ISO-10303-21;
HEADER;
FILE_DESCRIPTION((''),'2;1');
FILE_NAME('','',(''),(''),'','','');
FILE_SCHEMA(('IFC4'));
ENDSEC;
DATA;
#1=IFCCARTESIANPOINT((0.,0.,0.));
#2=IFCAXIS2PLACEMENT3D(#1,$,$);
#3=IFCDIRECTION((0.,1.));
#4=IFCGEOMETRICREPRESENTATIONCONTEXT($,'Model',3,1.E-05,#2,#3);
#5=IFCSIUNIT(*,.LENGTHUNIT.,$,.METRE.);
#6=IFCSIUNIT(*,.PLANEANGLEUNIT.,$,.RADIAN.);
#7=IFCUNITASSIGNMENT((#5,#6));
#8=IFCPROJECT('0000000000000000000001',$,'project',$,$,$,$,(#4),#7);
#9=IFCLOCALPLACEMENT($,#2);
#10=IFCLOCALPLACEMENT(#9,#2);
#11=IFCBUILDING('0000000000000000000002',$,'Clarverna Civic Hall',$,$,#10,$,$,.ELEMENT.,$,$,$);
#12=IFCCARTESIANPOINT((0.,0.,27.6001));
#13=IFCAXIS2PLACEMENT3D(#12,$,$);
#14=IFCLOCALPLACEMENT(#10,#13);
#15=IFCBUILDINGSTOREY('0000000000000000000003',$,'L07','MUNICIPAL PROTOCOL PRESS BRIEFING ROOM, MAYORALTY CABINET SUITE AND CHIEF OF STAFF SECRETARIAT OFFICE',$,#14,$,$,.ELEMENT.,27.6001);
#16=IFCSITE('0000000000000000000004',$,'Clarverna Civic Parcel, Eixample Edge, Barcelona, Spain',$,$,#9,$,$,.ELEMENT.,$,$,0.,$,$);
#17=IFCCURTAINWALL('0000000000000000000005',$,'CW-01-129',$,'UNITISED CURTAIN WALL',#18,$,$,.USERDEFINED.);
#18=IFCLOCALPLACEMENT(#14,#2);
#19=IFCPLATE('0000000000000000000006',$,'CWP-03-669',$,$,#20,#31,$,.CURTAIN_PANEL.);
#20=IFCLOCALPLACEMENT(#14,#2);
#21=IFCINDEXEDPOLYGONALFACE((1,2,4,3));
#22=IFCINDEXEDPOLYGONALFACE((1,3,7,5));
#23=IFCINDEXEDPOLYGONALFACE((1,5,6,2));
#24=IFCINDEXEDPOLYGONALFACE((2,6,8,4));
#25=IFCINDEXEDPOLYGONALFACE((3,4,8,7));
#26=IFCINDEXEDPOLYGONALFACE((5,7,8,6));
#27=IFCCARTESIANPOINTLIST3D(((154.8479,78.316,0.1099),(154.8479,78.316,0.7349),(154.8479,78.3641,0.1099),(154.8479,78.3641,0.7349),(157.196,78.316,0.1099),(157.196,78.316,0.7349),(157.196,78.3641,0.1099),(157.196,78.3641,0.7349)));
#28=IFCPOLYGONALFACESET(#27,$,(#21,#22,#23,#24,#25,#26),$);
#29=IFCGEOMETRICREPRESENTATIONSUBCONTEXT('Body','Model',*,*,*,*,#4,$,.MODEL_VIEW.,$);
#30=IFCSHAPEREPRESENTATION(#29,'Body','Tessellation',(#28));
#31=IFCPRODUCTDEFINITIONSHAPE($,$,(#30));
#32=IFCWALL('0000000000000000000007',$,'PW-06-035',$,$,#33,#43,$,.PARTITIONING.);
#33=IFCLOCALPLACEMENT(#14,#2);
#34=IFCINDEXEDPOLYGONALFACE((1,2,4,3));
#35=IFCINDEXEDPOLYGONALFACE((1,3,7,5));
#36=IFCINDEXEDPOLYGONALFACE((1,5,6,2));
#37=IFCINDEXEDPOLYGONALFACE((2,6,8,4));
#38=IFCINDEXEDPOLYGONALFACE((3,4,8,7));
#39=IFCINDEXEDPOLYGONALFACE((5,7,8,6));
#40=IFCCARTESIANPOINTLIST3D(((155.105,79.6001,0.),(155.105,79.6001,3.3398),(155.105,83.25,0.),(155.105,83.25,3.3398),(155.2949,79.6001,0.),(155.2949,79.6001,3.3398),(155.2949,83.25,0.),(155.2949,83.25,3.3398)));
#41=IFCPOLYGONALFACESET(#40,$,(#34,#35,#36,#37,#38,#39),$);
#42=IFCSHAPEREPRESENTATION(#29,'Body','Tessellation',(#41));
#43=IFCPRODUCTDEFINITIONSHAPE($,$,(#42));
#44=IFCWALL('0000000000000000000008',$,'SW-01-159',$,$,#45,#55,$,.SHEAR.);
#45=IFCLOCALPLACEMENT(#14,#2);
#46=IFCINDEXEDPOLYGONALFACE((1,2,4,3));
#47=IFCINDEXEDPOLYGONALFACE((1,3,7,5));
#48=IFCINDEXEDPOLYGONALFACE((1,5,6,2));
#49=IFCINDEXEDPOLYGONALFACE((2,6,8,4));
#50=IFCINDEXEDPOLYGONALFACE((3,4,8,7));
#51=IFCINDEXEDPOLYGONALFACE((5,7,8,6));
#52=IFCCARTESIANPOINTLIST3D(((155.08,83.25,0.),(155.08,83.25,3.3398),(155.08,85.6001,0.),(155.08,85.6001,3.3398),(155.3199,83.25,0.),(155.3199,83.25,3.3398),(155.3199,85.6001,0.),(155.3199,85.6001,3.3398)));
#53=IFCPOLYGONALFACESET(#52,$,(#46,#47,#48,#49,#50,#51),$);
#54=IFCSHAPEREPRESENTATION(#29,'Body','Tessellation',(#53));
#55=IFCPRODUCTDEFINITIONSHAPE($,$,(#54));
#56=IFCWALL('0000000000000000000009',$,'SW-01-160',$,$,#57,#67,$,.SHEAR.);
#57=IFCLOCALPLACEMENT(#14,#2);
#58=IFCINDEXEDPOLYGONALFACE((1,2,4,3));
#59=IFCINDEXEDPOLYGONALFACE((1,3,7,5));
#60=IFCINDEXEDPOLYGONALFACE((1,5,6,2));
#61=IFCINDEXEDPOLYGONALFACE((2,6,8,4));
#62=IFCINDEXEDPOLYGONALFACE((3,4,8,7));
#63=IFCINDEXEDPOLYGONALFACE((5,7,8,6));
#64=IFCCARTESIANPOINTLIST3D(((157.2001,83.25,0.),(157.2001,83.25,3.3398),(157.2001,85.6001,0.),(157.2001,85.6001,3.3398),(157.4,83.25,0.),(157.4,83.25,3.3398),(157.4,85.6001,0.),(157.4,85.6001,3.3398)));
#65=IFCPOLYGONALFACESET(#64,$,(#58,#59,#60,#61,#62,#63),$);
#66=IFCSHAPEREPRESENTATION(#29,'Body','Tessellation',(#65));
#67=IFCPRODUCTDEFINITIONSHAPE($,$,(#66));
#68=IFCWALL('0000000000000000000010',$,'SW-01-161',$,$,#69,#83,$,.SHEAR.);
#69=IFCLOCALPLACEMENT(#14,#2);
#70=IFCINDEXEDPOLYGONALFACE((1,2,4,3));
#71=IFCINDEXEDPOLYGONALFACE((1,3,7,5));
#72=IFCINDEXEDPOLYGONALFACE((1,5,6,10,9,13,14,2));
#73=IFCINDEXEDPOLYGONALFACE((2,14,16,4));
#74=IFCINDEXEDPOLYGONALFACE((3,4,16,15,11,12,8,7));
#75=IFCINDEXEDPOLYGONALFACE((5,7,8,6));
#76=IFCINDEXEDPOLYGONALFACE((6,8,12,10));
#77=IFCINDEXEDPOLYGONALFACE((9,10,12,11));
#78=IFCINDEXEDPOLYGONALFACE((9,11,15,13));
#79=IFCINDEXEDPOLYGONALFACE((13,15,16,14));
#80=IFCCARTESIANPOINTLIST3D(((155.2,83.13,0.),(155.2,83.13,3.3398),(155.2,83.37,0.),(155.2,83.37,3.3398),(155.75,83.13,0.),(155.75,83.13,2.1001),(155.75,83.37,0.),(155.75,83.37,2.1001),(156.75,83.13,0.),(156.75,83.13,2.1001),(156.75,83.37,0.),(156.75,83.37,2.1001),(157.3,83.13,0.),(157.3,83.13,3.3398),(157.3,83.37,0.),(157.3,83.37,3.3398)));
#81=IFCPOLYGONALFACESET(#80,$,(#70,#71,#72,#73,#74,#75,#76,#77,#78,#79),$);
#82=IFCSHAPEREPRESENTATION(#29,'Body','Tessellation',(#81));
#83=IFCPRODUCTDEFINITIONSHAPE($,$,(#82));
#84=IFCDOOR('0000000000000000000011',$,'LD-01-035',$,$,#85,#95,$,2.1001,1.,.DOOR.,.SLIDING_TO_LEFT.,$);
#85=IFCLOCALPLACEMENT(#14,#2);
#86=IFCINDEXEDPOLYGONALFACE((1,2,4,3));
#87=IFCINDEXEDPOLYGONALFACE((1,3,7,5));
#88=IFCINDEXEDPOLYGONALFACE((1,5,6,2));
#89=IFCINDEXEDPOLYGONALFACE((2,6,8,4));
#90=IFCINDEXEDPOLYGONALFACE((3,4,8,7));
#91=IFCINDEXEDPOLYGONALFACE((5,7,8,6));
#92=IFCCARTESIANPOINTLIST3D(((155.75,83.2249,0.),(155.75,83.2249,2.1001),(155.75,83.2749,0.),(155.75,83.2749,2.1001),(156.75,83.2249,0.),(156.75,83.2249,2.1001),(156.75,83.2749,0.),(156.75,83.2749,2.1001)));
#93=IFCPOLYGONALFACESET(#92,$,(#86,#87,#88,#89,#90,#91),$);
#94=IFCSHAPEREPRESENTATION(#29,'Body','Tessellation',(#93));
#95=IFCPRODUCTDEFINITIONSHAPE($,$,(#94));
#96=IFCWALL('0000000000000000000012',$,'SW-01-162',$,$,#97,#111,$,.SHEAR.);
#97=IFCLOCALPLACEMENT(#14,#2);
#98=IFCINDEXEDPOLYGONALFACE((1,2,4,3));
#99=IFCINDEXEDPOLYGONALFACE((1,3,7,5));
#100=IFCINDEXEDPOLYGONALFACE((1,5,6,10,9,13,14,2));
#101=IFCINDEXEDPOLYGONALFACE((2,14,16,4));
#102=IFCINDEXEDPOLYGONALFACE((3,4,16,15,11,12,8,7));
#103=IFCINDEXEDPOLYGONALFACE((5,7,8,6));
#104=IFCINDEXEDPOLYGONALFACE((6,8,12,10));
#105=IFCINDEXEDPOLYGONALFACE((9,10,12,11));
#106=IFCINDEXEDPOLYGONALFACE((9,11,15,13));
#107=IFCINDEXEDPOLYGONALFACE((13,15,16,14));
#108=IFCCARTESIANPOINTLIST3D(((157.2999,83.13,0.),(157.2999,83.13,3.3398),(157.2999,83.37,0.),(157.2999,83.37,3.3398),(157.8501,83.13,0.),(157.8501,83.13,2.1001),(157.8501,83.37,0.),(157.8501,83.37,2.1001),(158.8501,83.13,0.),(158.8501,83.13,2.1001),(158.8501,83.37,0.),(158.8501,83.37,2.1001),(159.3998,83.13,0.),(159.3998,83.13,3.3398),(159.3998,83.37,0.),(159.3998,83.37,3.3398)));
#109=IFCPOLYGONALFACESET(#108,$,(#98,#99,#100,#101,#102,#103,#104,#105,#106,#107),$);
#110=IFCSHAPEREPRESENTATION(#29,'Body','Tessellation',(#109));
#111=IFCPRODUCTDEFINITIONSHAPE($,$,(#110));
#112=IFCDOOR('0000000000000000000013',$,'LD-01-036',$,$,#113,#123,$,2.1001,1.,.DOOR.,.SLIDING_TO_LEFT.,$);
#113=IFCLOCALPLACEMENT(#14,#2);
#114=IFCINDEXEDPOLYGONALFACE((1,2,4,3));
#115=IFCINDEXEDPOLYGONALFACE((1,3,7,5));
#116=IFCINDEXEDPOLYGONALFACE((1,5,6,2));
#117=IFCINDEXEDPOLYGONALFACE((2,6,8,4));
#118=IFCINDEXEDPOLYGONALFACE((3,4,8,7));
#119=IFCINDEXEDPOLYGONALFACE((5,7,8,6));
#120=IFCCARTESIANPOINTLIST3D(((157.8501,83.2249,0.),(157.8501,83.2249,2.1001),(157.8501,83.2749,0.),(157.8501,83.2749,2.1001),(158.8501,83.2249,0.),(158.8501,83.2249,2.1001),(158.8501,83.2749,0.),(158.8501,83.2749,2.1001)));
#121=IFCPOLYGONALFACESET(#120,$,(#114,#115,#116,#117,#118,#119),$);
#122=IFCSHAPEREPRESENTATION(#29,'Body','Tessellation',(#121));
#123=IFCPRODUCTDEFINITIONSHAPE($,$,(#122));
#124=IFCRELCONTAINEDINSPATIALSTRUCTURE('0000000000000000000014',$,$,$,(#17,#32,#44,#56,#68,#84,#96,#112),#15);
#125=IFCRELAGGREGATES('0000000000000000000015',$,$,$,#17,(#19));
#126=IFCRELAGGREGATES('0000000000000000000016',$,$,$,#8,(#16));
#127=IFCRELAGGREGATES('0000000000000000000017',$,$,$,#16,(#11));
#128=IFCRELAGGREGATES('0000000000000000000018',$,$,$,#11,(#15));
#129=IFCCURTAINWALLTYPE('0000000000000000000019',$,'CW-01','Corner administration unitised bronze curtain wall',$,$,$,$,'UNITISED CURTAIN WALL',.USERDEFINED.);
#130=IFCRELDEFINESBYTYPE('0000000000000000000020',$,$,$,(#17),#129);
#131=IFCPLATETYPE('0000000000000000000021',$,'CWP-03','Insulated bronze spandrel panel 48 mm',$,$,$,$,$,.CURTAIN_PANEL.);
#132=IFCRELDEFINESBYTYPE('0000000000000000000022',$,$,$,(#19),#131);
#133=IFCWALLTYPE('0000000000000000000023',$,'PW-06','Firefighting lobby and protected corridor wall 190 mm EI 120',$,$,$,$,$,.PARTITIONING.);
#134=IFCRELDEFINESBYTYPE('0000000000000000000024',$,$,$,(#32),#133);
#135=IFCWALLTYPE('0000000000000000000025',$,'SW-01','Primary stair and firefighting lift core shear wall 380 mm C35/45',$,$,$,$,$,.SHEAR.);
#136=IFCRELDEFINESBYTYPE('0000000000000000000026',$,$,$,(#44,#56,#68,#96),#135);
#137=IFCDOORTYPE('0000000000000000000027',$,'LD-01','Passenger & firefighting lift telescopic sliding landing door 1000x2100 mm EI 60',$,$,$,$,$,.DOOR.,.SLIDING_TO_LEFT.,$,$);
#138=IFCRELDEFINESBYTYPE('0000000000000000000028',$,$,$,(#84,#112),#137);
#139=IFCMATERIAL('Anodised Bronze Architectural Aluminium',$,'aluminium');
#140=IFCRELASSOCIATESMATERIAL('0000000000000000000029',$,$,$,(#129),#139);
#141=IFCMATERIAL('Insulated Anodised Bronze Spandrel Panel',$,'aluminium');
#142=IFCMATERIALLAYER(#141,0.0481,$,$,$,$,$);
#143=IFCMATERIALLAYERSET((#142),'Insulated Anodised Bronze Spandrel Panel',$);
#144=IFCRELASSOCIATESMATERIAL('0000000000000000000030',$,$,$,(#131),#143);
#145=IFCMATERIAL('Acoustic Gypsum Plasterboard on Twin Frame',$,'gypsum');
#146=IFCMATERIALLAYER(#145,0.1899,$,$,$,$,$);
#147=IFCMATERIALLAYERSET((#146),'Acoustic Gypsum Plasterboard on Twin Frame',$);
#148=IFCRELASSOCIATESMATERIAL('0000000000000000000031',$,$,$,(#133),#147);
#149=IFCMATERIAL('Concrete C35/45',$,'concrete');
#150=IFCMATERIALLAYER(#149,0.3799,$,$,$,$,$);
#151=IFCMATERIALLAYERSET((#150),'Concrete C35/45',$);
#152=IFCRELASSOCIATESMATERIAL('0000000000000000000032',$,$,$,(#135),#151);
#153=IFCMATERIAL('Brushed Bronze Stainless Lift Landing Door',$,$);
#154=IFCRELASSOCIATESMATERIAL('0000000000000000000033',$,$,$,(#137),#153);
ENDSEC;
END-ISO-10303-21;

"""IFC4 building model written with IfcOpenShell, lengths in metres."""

from ifc_helpers import new_model, si_unit, direction, frame, frame_2d, origin, place, context, subcontext, project, spatial, rectangle, extrude, material, layer, layer_set, type_object, element, fill, aggregate, save


model = new_model("IFC4")

# Units and contexts
model_context = context("Model", 3, precision=1e-05, world=origin(), true_north=direction((0.0, 1.0)))
body_context = subcontext(model_context, "Body", "Model", "MODEL_VIEW")
ifc_project = project(units=[si_unit("LENGTHUNIT", "METRE"), si_unit("PLANEANGLEUNIT", "RADIAN")], contexts=[model_context])

# Site, building, storey
site_placement = place(None, origin())
site = spatial("IfcSite", under=ifc_project, at=site_placement, Name="Clarverna Civic Parcel, Eixample Edge, Barcelona, Spain", CompositionType="ELEMENT", RefElevation=0.0)
building_placement = place(site_placement, origin())
building = spatial("IfcBuilding", under=site, at=building_placement, Name="Clarverna Civic Hall", CompositionType="ELEMENT")
storey_placement = place(building_placement, frame((0.0, 0.0, 27.6001)))
storey = spatial("IfcBuildingStorey", under=building, at=storey_placement, Name="L07", Description="MUNICIPAL PROTOCOL PRESS BRIEFING ROOM, MAYORALTY CABINET SUITE AND CHIEF OF STAFF SECRETARIAT OFFICE", CompositionType="ELEMENT", Elevation=27.6001)

# Shared definitions
ifc_material_1 = material(Name="Concrete C35/45", Category="concrete")

# Curtain wall
ifc_material_2 = material(Name="Anodised Bronze Architectural Aluminium", Category="aluminium")
curtain_wall_type = type_object("IfcCurtainWallType", Name="CW-01", Description="Corner administration unitised bronze curtain wall", ElementType="UNITISED CURTAIN WALL", PredefinedType="USERDEFINED", material=ifc_material_2)
curtain_wall_1_placement = place(storey_placement, origin())
curtain_wall_1 = element("IfcCurtainWall", 1, at=curtain_wall_1_placement, inside=storey, type_object=curtain_wall_type, Name="CW-01-129", ObjectType="UNITISED CURTAIN WALL", PredefinedType="USERDEFINED")

# Plate
ifc_material_3 = material(Name="Insulated Anodised Bronze Spandrel Panel", Category="aluminium")
ifc_layer_1 = layer(ifc_material_3, 0.0481)
ifc_layer_set_1 = layer_set([ifc_layer_1], Name="Insulated Anodised Bronze Spandrel Panel")
plate_type_1 = type_object("IfcPlateType", Name="CWP-03", Description="Insulated bronze spandrel panel 48 mm", PredefinedType="CURTAIN_PANEL", material=ifc_layer_set_1)
plate_1_placement = place(storey_placement, frame((157.196, 78.3401, 0.1099), z_axis=(0.0, 0.0, 1.0), x_axis=(-1.0, 0.0, 0.0)))
plate_1 = element("IfcPlate", 2, at=plate_1_placement, type_object=plate_type_1, Name="CWP-03-669", PredefinedType="CURTAIN_PANEL", context=body_context, shape_type="SweptSolid", body=[
    extrude(rectangle(XDim=2.3481, YDim=0.0481, at=frame_2d((1.1741, 0.0))), origin(), (0.0, 0.0, 1.0), 0.625),
])
aggregate(curtain_wall_1, [plate_1])

# Wall
ifc_material_4 = material(Name="Acoustic Gypsum Plasterboard on Twin Frame", Category="gypsum")
ifc_layer_2 = layer(ifc_material_4, 0.1899)
ifc_layer_set_2 = layer_set([ifc_layer_2], Name="Acoustic Gypsum Plasterboard on Twin Frame")
wall_type_1 = type_object("IfcWallType", Name="PW-06", Description="Firefighting lobby and protected corridor wall 190 mm EI 120", PredefinedType="PARTITIONING", material=ifc_layer_set_2)
wall_1_placement = place(storey_placement, frame((155.2, 79.6001, 0.0), z_axis=(0.0, 0.0, 1.0), x_axis=(0.0, 1.0, 0.0)))
element("IfcWall", 3, at=wall_1_placement, inside=storey, type_object=wall_type_1, Name="PW-06-035", PredefinedType="PARTITIONING", context=body_context, shape_type="SweptSolid", body=[
    extrude(rectangle(XDim=3.6499, YDim=0.1899, at=frame_2d((1.825, 0.0))), origin(), (0.0, 0.0, 1.0), 3.3398),
])

# Walls
ifc_layer_3 = layer(ifc_material_1, 0.3799)
ifc_layer_set_3 = layer_set([ifc_layer_3], Name="Concrete C35/45")
wall_type_2 = type_object("IfcWallType", Name="SW-01", Description="Primary stair and firefighting lift core shear wall 380 mm C35/45", PredefinedType="SHEAR", material=ifc_layer_set_3)
wall_2_placement = place(storey_placement, frame((155.2, 83.25, 0.0), z_axis=(0.0, 0.0, 1.0), x_axis=(0.0, 1.0, 0.0)))
element("IfcWall", 4, at=wall_2_placement, inside=storey, type_object=wall_type_2, Name="SW-01-159", PredefinedType="SHEAR", context=body_context, shape_type="SweptSolid", body=[
    extrude(rectangle(XDim=2.3501, YDim=0.24, at=frame_2d((1.175, 0.0))), origin(), (0.0, 0.0, 1.0), 3.3398),
])
wall_3_placement = place(storey_placement, frame((157.3, 83.25, 0.0), z_axis=(0.0, 0.0, 1.0), x_axis=(0.0, 1.0, 0.0)))
element("IfcWall", 5, at=wall_3_placement, inside=storey, type_object=wall_type_2, Name="SW-01-160", PredefinedType="SHEAR", context=body_context, shape_type="SweptSolid", body=[
    extrude(rectangle(XDim=2.3501, YDim=0.2, at=frame_2d((1.175, 0.0))), origin(), (0.0, 0.0, 1.0), 3.3398),
])

# Walls, openings, doors
wall_4_placement = place(storey_placement, frame((155.2, 83.25, 0.0), z_axis=(0.0, 0.0, 1.0), x_axis=(1.0, 0.0, 0.0)))
wall_4 = element("IfcWall", 6, at=wall_4_placement, inside=storey, type_object=wall_type_2, Name="SW-01-161", PredefinedType="SHEAR", context=body_context, shape_type="SweptSolid", body=[
    extrude(rectangle(XDim=2.1001, YDim=0.24, at=frame_2d((1.05, 0.0))), origin(), (0.0, 0.0, 1.0), 3.3398),
])
opening_1_placement = place(wall_4_placement, frame((0.55, 0.0, 0.0)))
opening_1 = element("IfcOpeningElement", 7, at=opening_1_placement, cuts=wall_4, PredefinedType="OPENING", context=body_context, shape_type="SweptSolid", body=[
    extrude(rectangle(XDim=1.0, YDim=2.1001, at=frame_2d((0.5, 1.05))), frame((0.0, 0.1299, 0.0), z_axis=(0.0, -1.0, 0.0), x_axis=(1.0, 0.0, 0.0)), (0.0, 0.0, 1.0), 0.26),
])
ifc_material_5 = material(Name="Brushed Bronze Stainless Lift Landing Door")
door_type_1 = type_object("IfcDoorType", Name="LD-01", Description="Passenger & firefighting lift telescopic sliding landing door 1000x2100 mm EI 60", OperationType="SLIDING_TO_LEFT", PredefinedType="DOOR", material=ifc_material_5)
door_1_placement = place(opening_1_placement, origin())
door_1 = element("IfcDoor", 8, at=door_1_placement, inside=storey, type_object=door_type_1, Name="LD-01-035", OperationType="SLIDING_TO_LEFT", OverallHeight=2.1001, OverallWidth=1.0, PredefinedType="DOOR", context=body_context, shape_type="SweptSolid", body=[
    extrude(rectangle(XDim=1.0, YDim=2.1001, at=frame_2d((0.5, 1.05))), frame((0.0, 0.0249, 0.0), z_axis=(0.0, -1.0, 0.0), x_axis=(1.0, 0.0, 0.0)), (0.0, 0.0, 1.0), 0.05),
])
fill(opening_1, door_1)
wall_5_placement = place(storey_placement, frame((157.3, 83.25, 0.0), z_axis=(0.0, 0.0, 1.0), x_axis=(1.0, 0.0, 0.0)))
wall_5 = element("IfcWall", 9, at=wall_5_placement, inside=storey, type_object=wall_type_2, Name="SW-01-162", PredefinedType="SHEAR", context=body_context, shape_type="SweptSolid", body=[
    extrude(rectangle(XDim=2.0999, YDim=0.24, at=frame_2d((1.0498, 0.0))), origin(), (0.0, 0.0, 1.0), 3.3398),
])
opening_2_placement = place(wall_5_placement, frame((0.55, 0.0, 0.0)))
opening_2 = element("IfcOpeningElement", 10, at=opening_2_placement, cuts=wall_5, PredefinedType="OPENING", context=body_context, shape_type="SweptSolid", body=[
    extrude(rectangle(XDim=1.0, YDim=2.1001, at=frame_2d((0.5, 1.05))), frame((0.0, 0.1299, 0.0), z_axis=(0.0, -1.0, 0.0), x_axis=(1.0, 0.0, 0.0)), (0.0, 0.0, 1.0), 0.26),
])
door_2_placement = place(opening_2_placement, origin())
door_2 = element("IfcDoor", 11, at=door_2_placement, inside=storey, type_object=door_type_1, Name="LD-01-036", OperationType="SLIDING_TO_LEFT", OverallHeight=2.1001, OverallWidth=1.0, PredefinedType="DOOR", context=body_context, shape_type="SweptSolid", body=[
    extrude(rectangle(XDim=1.0, YDim=2.1001, at=frame_2d((0.5, 1.05))), frame((0.0, 0.0249, 0.0), z_axis=(0.0, -1.0, 0.0), x_axis=(1.0, 0.0, 0.0)), (0.0, 0.0, 1.0), 0.05),
])
fill(opening_2, door_2)

save(model, "model.ifc")
